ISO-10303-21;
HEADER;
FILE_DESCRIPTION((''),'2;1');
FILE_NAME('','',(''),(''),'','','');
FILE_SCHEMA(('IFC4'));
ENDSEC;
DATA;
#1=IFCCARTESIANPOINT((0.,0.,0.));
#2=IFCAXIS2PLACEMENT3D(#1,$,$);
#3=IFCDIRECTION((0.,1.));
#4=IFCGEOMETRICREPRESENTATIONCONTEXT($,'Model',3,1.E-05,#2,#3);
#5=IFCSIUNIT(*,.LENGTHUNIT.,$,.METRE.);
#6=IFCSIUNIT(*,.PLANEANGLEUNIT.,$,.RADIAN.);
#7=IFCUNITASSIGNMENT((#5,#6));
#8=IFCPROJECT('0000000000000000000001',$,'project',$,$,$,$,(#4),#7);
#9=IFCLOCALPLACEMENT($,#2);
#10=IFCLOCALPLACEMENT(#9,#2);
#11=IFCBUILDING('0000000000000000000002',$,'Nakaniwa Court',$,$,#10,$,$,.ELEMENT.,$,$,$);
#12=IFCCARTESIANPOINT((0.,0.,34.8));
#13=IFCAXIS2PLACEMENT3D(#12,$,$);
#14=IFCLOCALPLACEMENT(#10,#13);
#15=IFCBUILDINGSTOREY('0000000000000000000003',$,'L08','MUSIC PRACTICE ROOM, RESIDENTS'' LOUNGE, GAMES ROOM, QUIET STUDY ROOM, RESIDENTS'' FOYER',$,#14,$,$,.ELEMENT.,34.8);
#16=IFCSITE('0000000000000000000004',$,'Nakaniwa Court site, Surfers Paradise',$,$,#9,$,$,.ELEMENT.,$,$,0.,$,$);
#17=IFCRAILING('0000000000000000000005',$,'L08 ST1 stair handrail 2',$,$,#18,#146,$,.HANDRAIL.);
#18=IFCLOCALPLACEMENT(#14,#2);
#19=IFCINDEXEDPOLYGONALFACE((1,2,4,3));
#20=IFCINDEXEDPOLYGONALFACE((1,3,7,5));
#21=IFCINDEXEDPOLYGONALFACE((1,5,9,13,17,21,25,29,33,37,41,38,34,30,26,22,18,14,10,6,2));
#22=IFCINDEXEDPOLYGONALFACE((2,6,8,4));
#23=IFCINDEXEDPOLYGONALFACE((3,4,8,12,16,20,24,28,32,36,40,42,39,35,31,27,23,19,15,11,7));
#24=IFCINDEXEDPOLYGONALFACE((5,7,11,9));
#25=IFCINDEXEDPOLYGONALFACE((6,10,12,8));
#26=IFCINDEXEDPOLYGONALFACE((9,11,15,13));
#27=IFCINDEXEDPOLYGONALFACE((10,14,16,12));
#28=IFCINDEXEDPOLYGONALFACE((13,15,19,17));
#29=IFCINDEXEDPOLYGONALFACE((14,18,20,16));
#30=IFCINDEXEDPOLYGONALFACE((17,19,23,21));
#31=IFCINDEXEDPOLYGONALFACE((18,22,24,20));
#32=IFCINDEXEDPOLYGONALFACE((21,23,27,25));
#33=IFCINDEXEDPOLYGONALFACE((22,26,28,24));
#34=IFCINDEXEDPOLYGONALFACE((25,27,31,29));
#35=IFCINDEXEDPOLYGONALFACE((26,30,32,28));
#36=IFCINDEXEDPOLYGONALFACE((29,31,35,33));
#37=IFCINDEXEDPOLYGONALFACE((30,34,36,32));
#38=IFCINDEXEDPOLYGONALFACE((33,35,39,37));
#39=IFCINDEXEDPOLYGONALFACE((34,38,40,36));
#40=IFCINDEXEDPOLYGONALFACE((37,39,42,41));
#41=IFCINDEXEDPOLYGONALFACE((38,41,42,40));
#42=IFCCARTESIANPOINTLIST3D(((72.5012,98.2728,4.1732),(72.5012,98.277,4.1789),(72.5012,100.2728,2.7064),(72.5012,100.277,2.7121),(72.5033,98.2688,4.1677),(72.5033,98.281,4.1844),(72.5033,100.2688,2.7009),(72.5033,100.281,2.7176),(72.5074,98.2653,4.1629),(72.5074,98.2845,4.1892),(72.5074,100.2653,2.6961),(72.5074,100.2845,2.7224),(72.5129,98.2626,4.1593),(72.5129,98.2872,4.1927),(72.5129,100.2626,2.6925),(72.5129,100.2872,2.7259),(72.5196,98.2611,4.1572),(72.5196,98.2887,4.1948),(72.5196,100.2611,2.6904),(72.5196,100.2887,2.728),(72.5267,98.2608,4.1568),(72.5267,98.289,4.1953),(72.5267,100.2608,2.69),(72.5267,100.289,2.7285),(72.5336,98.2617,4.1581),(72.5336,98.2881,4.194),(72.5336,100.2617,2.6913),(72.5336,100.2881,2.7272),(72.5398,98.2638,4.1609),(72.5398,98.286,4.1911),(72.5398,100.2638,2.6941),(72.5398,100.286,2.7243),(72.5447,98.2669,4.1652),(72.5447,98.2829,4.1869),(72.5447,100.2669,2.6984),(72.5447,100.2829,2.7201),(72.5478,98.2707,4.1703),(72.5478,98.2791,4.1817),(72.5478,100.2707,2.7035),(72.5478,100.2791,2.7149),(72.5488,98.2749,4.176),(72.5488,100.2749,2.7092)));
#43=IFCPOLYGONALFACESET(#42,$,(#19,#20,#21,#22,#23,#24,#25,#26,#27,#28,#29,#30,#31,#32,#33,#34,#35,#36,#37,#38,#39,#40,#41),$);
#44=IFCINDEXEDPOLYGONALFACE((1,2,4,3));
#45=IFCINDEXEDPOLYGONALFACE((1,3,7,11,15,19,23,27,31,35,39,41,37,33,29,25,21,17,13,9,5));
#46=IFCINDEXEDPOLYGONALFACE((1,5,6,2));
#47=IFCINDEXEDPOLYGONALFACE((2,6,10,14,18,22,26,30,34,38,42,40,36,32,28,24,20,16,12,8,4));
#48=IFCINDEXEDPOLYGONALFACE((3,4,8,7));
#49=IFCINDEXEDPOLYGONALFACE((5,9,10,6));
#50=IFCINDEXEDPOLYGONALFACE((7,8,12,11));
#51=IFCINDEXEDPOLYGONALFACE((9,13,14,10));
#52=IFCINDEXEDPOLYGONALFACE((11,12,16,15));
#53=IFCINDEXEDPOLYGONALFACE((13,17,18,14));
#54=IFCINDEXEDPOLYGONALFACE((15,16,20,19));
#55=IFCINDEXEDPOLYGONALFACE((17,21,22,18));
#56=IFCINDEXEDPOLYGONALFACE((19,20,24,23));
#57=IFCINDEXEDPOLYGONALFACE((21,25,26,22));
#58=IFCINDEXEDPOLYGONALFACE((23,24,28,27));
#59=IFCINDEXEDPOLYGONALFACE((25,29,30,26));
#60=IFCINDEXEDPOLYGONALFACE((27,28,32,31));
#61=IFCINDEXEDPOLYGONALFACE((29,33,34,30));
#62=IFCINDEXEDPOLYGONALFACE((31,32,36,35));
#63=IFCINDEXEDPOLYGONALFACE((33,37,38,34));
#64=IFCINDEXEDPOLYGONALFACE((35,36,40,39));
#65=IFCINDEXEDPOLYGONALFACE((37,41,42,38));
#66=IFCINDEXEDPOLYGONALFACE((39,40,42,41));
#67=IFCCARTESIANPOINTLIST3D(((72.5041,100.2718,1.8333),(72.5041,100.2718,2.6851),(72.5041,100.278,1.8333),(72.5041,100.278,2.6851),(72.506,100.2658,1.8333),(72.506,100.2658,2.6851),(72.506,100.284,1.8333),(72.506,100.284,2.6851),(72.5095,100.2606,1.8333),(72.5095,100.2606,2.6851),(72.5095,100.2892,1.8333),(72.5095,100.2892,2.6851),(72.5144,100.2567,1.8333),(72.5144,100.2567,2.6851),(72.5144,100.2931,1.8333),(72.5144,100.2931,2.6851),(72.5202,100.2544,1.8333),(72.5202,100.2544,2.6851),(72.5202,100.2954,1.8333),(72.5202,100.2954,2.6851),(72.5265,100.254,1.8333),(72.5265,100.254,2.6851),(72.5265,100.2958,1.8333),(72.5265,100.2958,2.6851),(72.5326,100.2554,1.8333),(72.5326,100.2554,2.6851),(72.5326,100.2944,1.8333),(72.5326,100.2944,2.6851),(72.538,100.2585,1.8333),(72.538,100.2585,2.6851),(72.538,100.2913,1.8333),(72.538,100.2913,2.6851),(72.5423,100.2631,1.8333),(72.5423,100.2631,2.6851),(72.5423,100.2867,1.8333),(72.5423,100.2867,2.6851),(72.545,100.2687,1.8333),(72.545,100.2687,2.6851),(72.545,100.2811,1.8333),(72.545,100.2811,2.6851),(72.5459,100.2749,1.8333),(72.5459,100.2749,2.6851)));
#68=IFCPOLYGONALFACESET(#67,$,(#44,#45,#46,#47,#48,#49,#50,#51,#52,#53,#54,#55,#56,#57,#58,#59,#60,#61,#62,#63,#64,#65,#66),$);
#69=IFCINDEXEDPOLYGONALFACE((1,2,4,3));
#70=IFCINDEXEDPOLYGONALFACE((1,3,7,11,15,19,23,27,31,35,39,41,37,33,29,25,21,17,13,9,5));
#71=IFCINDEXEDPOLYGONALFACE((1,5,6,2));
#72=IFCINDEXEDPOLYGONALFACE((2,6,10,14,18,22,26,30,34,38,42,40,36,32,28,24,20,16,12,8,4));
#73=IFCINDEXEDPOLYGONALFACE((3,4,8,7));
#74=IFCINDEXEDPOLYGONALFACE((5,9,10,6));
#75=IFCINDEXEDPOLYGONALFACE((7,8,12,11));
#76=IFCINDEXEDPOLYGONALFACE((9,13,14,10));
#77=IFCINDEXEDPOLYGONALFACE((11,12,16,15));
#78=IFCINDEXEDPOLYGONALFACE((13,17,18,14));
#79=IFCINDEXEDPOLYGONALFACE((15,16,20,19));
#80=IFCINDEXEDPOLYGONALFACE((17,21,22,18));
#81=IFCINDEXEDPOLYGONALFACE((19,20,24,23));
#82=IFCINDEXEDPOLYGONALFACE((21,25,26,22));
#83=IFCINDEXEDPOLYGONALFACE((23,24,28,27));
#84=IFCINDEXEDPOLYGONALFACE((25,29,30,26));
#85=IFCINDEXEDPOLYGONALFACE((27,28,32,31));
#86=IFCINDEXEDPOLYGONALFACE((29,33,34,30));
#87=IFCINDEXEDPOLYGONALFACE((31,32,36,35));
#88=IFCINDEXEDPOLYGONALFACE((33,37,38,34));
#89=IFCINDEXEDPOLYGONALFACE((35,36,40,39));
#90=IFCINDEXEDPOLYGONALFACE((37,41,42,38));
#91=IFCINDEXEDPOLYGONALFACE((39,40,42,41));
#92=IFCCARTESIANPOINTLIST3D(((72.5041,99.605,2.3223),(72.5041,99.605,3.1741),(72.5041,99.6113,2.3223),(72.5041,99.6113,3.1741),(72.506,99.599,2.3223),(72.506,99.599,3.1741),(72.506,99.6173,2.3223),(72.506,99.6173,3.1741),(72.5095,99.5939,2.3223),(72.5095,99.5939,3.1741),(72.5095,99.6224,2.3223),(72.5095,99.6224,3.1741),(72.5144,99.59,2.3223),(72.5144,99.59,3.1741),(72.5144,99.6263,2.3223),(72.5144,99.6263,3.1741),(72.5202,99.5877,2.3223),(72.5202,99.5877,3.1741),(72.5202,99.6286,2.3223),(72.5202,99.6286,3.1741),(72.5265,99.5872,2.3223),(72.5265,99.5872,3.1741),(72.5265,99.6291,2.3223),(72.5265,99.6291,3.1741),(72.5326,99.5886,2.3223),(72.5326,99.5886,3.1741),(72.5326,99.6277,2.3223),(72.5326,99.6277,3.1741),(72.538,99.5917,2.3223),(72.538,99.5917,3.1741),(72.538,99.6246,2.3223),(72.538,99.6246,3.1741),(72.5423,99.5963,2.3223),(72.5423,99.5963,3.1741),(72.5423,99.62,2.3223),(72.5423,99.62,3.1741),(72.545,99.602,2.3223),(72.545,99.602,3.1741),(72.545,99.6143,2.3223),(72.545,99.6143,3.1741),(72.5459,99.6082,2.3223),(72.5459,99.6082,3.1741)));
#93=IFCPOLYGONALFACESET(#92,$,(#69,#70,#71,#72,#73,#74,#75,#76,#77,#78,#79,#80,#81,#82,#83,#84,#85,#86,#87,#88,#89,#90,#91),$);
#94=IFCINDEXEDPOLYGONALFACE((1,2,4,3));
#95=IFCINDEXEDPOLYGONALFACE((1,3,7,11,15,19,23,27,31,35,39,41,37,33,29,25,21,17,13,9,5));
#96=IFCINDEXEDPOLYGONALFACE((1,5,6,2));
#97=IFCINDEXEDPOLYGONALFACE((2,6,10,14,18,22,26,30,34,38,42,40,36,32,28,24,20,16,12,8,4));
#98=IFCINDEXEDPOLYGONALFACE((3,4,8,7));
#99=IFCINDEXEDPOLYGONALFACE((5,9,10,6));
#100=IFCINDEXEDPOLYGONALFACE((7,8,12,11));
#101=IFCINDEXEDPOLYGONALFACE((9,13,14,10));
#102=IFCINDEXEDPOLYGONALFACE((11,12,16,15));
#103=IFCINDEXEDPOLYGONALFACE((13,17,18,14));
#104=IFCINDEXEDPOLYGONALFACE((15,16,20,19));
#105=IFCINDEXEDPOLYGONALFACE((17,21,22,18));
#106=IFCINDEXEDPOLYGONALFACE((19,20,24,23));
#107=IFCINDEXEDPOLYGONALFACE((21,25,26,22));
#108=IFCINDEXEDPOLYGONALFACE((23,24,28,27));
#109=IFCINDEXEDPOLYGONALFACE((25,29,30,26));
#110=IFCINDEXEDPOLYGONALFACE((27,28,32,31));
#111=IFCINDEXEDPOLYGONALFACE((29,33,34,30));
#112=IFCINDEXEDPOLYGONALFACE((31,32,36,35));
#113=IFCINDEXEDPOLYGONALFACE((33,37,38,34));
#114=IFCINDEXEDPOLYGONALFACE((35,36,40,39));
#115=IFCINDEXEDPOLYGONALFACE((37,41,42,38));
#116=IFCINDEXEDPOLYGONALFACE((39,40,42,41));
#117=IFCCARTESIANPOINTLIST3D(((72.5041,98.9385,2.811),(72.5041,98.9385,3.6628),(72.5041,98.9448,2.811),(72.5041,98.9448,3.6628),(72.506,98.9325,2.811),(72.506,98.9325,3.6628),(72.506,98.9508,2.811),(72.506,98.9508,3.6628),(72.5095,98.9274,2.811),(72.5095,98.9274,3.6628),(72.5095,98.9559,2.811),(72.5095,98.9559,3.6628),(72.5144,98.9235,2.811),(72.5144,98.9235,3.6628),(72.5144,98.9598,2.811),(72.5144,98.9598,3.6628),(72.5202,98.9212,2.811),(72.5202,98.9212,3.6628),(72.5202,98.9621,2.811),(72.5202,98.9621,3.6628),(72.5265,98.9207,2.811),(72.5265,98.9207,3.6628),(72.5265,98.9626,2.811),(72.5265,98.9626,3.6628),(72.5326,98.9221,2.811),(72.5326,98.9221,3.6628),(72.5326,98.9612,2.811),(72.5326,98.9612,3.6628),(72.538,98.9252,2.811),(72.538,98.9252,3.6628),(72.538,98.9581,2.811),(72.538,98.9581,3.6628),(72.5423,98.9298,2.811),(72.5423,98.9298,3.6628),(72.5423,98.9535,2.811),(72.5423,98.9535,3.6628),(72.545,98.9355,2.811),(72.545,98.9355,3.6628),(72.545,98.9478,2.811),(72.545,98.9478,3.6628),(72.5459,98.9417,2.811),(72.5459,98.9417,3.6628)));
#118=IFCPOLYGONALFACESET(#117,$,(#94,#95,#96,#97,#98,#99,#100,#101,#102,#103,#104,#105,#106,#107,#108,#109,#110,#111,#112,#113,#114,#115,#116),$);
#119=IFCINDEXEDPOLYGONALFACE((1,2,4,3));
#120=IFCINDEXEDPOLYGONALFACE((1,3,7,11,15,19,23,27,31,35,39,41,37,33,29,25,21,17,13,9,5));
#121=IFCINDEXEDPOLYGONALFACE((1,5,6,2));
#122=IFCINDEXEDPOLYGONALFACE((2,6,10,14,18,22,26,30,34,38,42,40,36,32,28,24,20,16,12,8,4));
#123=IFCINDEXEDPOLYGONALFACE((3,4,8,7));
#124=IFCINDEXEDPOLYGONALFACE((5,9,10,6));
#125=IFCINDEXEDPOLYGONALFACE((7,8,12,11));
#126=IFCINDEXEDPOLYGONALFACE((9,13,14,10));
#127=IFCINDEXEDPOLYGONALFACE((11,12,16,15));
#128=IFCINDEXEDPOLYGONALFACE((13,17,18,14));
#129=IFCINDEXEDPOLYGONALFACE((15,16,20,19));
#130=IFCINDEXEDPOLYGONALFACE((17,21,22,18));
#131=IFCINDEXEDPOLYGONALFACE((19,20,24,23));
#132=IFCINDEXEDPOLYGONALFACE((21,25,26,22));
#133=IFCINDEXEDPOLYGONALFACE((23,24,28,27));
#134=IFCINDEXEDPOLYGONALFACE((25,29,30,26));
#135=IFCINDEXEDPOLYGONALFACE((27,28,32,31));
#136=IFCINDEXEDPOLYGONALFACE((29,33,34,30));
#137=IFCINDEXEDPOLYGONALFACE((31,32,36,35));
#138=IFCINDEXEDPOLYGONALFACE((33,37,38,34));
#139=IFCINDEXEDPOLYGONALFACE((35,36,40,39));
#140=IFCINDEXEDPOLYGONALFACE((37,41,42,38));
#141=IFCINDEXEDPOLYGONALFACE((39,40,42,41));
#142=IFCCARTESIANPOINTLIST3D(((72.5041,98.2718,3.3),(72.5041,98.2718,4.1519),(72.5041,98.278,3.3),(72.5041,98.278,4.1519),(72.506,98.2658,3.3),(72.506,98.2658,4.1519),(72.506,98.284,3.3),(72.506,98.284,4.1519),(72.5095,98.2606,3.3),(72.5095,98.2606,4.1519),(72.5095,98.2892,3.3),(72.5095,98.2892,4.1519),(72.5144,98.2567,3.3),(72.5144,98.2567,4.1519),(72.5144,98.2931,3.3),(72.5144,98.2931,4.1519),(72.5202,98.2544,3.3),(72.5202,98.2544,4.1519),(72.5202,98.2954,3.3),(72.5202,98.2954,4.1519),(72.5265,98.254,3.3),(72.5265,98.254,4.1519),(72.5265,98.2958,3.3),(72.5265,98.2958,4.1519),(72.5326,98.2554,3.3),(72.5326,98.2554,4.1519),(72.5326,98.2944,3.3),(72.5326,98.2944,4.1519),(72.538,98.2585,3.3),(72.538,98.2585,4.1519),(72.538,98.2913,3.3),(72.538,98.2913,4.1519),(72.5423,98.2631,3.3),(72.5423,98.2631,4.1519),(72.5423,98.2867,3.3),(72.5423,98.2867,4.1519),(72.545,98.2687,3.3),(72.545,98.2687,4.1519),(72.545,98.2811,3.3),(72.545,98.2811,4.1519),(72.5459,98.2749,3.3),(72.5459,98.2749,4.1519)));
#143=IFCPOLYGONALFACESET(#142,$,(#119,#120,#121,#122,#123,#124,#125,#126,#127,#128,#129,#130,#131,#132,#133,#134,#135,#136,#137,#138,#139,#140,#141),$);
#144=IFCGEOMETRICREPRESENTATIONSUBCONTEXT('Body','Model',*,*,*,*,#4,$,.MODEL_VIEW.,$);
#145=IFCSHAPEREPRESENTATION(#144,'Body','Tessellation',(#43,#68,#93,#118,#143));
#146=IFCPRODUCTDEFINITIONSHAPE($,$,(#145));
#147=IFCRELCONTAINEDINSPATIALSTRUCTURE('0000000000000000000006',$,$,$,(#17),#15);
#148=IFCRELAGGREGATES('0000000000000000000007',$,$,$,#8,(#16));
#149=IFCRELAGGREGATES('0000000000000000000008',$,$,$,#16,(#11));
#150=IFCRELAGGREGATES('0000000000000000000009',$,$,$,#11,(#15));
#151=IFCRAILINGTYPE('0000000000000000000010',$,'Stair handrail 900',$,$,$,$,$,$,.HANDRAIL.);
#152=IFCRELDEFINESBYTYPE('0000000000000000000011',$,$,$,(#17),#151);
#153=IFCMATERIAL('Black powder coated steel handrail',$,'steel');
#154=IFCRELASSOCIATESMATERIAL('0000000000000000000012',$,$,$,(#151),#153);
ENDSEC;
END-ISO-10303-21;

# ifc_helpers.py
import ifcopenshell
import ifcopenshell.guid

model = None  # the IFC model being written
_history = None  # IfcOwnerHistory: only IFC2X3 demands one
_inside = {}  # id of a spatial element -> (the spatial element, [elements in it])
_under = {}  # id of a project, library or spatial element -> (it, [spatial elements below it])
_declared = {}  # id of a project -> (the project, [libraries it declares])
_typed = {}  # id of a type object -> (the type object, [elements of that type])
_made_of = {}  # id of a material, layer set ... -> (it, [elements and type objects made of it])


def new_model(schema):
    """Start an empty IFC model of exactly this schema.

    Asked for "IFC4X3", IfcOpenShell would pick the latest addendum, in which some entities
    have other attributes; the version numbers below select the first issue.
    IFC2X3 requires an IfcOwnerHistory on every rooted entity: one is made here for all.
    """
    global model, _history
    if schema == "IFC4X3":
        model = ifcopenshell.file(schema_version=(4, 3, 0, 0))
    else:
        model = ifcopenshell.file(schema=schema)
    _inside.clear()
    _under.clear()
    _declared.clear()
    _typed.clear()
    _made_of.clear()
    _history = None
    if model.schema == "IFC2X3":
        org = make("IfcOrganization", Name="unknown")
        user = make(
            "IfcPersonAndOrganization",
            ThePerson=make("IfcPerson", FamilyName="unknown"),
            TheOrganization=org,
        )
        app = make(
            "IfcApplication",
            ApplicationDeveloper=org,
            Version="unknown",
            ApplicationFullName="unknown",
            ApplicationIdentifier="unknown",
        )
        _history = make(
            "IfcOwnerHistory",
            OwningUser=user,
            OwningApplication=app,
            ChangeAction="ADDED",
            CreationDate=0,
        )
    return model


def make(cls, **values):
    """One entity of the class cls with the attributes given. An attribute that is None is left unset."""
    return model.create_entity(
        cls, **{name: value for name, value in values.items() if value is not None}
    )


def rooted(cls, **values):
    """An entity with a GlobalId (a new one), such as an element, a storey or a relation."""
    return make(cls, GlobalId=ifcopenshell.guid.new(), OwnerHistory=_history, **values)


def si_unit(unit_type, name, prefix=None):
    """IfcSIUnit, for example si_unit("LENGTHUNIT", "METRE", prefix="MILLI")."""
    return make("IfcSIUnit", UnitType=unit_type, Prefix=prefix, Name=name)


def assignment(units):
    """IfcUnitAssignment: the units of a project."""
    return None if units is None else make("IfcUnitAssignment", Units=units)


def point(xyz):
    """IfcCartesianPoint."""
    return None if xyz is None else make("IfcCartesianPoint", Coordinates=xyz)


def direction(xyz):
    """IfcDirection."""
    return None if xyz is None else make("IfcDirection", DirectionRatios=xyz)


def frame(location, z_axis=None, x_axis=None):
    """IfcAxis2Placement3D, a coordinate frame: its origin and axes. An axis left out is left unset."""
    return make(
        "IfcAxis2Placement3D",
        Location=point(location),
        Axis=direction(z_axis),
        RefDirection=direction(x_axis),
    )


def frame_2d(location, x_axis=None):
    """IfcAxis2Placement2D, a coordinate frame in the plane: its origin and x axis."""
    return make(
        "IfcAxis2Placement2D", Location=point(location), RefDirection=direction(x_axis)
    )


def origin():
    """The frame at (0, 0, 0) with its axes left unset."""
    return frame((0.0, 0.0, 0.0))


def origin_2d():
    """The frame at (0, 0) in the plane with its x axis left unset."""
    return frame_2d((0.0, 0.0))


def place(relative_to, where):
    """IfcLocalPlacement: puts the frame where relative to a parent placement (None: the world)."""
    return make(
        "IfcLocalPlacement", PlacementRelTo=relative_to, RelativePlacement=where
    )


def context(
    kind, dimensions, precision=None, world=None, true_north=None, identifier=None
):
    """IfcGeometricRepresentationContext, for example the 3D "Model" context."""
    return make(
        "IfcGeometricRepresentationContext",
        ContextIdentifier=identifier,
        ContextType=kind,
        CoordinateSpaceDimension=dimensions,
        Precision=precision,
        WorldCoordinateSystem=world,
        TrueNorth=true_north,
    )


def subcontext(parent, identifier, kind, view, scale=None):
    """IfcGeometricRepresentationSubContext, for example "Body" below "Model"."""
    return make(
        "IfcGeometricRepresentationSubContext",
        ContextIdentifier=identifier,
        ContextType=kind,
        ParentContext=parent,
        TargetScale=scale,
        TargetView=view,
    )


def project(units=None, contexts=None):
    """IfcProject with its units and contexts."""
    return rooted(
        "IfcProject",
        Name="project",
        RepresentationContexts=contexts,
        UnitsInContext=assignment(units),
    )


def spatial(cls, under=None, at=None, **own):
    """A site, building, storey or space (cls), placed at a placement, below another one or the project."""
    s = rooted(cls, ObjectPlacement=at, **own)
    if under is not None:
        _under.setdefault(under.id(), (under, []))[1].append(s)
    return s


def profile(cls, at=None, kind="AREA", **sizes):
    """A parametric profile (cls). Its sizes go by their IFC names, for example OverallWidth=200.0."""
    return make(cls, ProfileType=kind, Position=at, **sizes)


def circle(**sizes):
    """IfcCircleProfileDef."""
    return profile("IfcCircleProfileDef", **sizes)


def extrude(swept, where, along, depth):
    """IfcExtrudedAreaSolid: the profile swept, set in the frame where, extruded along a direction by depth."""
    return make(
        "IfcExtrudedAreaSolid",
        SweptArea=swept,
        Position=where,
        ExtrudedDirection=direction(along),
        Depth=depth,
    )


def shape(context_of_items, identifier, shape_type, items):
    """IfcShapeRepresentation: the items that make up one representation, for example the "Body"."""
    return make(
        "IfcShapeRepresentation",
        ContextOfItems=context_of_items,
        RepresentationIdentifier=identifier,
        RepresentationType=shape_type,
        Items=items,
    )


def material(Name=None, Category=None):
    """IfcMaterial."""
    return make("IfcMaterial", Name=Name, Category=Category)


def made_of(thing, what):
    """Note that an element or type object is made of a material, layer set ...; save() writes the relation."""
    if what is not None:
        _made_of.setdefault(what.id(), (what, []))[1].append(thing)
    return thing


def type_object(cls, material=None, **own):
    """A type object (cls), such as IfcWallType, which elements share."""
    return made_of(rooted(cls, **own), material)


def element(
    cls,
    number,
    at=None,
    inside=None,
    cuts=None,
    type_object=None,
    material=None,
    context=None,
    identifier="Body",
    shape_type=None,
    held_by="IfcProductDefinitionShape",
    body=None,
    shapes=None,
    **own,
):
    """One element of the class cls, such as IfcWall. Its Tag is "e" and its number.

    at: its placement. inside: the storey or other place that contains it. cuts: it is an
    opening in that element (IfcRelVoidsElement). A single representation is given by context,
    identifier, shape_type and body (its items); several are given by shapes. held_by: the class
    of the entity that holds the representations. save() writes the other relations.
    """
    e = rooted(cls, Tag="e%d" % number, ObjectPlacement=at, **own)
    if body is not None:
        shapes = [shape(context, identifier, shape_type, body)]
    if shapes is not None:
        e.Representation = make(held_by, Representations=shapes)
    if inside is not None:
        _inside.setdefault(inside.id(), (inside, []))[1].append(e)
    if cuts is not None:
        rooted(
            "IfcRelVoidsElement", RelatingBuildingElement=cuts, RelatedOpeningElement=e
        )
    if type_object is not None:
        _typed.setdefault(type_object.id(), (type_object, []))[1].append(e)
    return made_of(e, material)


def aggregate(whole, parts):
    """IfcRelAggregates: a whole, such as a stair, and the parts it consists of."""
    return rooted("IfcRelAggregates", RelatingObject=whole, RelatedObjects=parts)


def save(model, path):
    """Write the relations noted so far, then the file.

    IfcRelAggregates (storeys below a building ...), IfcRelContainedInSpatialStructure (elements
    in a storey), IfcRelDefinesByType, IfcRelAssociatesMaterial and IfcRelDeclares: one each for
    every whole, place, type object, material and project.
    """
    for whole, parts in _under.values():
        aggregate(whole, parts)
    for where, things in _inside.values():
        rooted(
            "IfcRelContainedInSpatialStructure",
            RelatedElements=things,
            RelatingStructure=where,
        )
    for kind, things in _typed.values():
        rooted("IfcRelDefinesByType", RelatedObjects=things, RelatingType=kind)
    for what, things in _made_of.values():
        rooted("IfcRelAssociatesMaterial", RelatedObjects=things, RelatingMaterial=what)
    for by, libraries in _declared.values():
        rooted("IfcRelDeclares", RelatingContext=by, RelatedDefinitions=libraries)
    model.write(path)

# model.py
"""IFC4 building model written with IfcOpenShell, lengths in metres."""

from ifc_helpers import new_model, si_unit, direction, frame, origin, origin_2d, place, context, subcontext, project, spatial, circle, extrude, material, type_object, element, save


model = new_model("IFC4")

# Units and contexts
model_context = context("Model", 3, precision=1e-05, world=origin(), true_north=direction((0.0, 1.0)))
body_context = subcontext(model_context, "Body", "Model", "MODEL_VIEW")
ifc_project = project(units=[si_unit("LENGTHUNIT", "METRE"), si_unit("PLANEANGLEUNIT", "RADIAN")], contexts=[model_context])

# Site, building, storey
site_placement = place(None, origin())
site = spatial("IfcSite", under=ifc_project, at=site_placement, Name="Nakaniwa Court site, Surfers Paradise", CompositionType="ELEMENT", RefElevation=0.0)
building_placement = place(site_placement, origin())
building = spatial("IfcBuilding", under=site, at=building_placement, Name="Nakaniwa Court", CompositionType="ELEMENT")
storey_placement = place(building_placement, frame((0.0, 0.0, 34.8)))
storey = spatial("IfcBuildingStorey", under=building, at=storey_placement, Name="L08", Description="MUSIC PRACTICE ROOM, RESIDENTS' LOUNGE, GAMES ROOM, QUIET STUDY ROOM, RESIDENTS' FOYER", CompositionType="ELEMENT", Elevation=34.8)

# Railing
ifc_material_1 = material(Name="Black powder coated steel handrail", Category="steel")
railing_type_1 = type_object("IfcRailingType", Name="Stair handrail 900", PredefinedType="HANDRAIL", material=ifc_material_1)
railing_1_placement = place(storey_placement, frame((72.5249, 100.2749, 1.8333)))
element("IfcRailing", 1, at=railing_1_placement, inside=storey, type_object=railing_type_1, Name="L08 ST1 stair handrail 2", PredefinedType="HANDRAIL", context=body_context, shape_type="SweptSolid", body=[
    extrude(circle(Radius=0.0239, at=origin_2d()), frame((0.0, 0.0, 0.876), z_axis=(0.0, -0.80638, 0.591398), x_axis=(1.0, 0.0, 0.0)), (0.0, 0.0, 1.0), 2.4802),
    extrude(circle(Radius=0.021, at=origin_2d()), origin(), (0.0, 0.0, 1.0), 0.8518),
    extrude(circle(Radius=0.021, at=origin_2d()), frame((0.0, -0.6667, 0.489)), (0.0, 0.0, 1.0), 0.8518),
    extrude(circle(Radius=0.021, at=origin_2d()), frame((0.0, -1.3333, 0.9778)), (0.0, 0.0, 1.0), 0.8518),
    extrude(circle(Radius=0.021, at=origin_2d()), frame((0.0, -2.0, 1.4668)), (0.0, 0.0, 1.0), 0.8518),
])

save(model, "model.ifc")
